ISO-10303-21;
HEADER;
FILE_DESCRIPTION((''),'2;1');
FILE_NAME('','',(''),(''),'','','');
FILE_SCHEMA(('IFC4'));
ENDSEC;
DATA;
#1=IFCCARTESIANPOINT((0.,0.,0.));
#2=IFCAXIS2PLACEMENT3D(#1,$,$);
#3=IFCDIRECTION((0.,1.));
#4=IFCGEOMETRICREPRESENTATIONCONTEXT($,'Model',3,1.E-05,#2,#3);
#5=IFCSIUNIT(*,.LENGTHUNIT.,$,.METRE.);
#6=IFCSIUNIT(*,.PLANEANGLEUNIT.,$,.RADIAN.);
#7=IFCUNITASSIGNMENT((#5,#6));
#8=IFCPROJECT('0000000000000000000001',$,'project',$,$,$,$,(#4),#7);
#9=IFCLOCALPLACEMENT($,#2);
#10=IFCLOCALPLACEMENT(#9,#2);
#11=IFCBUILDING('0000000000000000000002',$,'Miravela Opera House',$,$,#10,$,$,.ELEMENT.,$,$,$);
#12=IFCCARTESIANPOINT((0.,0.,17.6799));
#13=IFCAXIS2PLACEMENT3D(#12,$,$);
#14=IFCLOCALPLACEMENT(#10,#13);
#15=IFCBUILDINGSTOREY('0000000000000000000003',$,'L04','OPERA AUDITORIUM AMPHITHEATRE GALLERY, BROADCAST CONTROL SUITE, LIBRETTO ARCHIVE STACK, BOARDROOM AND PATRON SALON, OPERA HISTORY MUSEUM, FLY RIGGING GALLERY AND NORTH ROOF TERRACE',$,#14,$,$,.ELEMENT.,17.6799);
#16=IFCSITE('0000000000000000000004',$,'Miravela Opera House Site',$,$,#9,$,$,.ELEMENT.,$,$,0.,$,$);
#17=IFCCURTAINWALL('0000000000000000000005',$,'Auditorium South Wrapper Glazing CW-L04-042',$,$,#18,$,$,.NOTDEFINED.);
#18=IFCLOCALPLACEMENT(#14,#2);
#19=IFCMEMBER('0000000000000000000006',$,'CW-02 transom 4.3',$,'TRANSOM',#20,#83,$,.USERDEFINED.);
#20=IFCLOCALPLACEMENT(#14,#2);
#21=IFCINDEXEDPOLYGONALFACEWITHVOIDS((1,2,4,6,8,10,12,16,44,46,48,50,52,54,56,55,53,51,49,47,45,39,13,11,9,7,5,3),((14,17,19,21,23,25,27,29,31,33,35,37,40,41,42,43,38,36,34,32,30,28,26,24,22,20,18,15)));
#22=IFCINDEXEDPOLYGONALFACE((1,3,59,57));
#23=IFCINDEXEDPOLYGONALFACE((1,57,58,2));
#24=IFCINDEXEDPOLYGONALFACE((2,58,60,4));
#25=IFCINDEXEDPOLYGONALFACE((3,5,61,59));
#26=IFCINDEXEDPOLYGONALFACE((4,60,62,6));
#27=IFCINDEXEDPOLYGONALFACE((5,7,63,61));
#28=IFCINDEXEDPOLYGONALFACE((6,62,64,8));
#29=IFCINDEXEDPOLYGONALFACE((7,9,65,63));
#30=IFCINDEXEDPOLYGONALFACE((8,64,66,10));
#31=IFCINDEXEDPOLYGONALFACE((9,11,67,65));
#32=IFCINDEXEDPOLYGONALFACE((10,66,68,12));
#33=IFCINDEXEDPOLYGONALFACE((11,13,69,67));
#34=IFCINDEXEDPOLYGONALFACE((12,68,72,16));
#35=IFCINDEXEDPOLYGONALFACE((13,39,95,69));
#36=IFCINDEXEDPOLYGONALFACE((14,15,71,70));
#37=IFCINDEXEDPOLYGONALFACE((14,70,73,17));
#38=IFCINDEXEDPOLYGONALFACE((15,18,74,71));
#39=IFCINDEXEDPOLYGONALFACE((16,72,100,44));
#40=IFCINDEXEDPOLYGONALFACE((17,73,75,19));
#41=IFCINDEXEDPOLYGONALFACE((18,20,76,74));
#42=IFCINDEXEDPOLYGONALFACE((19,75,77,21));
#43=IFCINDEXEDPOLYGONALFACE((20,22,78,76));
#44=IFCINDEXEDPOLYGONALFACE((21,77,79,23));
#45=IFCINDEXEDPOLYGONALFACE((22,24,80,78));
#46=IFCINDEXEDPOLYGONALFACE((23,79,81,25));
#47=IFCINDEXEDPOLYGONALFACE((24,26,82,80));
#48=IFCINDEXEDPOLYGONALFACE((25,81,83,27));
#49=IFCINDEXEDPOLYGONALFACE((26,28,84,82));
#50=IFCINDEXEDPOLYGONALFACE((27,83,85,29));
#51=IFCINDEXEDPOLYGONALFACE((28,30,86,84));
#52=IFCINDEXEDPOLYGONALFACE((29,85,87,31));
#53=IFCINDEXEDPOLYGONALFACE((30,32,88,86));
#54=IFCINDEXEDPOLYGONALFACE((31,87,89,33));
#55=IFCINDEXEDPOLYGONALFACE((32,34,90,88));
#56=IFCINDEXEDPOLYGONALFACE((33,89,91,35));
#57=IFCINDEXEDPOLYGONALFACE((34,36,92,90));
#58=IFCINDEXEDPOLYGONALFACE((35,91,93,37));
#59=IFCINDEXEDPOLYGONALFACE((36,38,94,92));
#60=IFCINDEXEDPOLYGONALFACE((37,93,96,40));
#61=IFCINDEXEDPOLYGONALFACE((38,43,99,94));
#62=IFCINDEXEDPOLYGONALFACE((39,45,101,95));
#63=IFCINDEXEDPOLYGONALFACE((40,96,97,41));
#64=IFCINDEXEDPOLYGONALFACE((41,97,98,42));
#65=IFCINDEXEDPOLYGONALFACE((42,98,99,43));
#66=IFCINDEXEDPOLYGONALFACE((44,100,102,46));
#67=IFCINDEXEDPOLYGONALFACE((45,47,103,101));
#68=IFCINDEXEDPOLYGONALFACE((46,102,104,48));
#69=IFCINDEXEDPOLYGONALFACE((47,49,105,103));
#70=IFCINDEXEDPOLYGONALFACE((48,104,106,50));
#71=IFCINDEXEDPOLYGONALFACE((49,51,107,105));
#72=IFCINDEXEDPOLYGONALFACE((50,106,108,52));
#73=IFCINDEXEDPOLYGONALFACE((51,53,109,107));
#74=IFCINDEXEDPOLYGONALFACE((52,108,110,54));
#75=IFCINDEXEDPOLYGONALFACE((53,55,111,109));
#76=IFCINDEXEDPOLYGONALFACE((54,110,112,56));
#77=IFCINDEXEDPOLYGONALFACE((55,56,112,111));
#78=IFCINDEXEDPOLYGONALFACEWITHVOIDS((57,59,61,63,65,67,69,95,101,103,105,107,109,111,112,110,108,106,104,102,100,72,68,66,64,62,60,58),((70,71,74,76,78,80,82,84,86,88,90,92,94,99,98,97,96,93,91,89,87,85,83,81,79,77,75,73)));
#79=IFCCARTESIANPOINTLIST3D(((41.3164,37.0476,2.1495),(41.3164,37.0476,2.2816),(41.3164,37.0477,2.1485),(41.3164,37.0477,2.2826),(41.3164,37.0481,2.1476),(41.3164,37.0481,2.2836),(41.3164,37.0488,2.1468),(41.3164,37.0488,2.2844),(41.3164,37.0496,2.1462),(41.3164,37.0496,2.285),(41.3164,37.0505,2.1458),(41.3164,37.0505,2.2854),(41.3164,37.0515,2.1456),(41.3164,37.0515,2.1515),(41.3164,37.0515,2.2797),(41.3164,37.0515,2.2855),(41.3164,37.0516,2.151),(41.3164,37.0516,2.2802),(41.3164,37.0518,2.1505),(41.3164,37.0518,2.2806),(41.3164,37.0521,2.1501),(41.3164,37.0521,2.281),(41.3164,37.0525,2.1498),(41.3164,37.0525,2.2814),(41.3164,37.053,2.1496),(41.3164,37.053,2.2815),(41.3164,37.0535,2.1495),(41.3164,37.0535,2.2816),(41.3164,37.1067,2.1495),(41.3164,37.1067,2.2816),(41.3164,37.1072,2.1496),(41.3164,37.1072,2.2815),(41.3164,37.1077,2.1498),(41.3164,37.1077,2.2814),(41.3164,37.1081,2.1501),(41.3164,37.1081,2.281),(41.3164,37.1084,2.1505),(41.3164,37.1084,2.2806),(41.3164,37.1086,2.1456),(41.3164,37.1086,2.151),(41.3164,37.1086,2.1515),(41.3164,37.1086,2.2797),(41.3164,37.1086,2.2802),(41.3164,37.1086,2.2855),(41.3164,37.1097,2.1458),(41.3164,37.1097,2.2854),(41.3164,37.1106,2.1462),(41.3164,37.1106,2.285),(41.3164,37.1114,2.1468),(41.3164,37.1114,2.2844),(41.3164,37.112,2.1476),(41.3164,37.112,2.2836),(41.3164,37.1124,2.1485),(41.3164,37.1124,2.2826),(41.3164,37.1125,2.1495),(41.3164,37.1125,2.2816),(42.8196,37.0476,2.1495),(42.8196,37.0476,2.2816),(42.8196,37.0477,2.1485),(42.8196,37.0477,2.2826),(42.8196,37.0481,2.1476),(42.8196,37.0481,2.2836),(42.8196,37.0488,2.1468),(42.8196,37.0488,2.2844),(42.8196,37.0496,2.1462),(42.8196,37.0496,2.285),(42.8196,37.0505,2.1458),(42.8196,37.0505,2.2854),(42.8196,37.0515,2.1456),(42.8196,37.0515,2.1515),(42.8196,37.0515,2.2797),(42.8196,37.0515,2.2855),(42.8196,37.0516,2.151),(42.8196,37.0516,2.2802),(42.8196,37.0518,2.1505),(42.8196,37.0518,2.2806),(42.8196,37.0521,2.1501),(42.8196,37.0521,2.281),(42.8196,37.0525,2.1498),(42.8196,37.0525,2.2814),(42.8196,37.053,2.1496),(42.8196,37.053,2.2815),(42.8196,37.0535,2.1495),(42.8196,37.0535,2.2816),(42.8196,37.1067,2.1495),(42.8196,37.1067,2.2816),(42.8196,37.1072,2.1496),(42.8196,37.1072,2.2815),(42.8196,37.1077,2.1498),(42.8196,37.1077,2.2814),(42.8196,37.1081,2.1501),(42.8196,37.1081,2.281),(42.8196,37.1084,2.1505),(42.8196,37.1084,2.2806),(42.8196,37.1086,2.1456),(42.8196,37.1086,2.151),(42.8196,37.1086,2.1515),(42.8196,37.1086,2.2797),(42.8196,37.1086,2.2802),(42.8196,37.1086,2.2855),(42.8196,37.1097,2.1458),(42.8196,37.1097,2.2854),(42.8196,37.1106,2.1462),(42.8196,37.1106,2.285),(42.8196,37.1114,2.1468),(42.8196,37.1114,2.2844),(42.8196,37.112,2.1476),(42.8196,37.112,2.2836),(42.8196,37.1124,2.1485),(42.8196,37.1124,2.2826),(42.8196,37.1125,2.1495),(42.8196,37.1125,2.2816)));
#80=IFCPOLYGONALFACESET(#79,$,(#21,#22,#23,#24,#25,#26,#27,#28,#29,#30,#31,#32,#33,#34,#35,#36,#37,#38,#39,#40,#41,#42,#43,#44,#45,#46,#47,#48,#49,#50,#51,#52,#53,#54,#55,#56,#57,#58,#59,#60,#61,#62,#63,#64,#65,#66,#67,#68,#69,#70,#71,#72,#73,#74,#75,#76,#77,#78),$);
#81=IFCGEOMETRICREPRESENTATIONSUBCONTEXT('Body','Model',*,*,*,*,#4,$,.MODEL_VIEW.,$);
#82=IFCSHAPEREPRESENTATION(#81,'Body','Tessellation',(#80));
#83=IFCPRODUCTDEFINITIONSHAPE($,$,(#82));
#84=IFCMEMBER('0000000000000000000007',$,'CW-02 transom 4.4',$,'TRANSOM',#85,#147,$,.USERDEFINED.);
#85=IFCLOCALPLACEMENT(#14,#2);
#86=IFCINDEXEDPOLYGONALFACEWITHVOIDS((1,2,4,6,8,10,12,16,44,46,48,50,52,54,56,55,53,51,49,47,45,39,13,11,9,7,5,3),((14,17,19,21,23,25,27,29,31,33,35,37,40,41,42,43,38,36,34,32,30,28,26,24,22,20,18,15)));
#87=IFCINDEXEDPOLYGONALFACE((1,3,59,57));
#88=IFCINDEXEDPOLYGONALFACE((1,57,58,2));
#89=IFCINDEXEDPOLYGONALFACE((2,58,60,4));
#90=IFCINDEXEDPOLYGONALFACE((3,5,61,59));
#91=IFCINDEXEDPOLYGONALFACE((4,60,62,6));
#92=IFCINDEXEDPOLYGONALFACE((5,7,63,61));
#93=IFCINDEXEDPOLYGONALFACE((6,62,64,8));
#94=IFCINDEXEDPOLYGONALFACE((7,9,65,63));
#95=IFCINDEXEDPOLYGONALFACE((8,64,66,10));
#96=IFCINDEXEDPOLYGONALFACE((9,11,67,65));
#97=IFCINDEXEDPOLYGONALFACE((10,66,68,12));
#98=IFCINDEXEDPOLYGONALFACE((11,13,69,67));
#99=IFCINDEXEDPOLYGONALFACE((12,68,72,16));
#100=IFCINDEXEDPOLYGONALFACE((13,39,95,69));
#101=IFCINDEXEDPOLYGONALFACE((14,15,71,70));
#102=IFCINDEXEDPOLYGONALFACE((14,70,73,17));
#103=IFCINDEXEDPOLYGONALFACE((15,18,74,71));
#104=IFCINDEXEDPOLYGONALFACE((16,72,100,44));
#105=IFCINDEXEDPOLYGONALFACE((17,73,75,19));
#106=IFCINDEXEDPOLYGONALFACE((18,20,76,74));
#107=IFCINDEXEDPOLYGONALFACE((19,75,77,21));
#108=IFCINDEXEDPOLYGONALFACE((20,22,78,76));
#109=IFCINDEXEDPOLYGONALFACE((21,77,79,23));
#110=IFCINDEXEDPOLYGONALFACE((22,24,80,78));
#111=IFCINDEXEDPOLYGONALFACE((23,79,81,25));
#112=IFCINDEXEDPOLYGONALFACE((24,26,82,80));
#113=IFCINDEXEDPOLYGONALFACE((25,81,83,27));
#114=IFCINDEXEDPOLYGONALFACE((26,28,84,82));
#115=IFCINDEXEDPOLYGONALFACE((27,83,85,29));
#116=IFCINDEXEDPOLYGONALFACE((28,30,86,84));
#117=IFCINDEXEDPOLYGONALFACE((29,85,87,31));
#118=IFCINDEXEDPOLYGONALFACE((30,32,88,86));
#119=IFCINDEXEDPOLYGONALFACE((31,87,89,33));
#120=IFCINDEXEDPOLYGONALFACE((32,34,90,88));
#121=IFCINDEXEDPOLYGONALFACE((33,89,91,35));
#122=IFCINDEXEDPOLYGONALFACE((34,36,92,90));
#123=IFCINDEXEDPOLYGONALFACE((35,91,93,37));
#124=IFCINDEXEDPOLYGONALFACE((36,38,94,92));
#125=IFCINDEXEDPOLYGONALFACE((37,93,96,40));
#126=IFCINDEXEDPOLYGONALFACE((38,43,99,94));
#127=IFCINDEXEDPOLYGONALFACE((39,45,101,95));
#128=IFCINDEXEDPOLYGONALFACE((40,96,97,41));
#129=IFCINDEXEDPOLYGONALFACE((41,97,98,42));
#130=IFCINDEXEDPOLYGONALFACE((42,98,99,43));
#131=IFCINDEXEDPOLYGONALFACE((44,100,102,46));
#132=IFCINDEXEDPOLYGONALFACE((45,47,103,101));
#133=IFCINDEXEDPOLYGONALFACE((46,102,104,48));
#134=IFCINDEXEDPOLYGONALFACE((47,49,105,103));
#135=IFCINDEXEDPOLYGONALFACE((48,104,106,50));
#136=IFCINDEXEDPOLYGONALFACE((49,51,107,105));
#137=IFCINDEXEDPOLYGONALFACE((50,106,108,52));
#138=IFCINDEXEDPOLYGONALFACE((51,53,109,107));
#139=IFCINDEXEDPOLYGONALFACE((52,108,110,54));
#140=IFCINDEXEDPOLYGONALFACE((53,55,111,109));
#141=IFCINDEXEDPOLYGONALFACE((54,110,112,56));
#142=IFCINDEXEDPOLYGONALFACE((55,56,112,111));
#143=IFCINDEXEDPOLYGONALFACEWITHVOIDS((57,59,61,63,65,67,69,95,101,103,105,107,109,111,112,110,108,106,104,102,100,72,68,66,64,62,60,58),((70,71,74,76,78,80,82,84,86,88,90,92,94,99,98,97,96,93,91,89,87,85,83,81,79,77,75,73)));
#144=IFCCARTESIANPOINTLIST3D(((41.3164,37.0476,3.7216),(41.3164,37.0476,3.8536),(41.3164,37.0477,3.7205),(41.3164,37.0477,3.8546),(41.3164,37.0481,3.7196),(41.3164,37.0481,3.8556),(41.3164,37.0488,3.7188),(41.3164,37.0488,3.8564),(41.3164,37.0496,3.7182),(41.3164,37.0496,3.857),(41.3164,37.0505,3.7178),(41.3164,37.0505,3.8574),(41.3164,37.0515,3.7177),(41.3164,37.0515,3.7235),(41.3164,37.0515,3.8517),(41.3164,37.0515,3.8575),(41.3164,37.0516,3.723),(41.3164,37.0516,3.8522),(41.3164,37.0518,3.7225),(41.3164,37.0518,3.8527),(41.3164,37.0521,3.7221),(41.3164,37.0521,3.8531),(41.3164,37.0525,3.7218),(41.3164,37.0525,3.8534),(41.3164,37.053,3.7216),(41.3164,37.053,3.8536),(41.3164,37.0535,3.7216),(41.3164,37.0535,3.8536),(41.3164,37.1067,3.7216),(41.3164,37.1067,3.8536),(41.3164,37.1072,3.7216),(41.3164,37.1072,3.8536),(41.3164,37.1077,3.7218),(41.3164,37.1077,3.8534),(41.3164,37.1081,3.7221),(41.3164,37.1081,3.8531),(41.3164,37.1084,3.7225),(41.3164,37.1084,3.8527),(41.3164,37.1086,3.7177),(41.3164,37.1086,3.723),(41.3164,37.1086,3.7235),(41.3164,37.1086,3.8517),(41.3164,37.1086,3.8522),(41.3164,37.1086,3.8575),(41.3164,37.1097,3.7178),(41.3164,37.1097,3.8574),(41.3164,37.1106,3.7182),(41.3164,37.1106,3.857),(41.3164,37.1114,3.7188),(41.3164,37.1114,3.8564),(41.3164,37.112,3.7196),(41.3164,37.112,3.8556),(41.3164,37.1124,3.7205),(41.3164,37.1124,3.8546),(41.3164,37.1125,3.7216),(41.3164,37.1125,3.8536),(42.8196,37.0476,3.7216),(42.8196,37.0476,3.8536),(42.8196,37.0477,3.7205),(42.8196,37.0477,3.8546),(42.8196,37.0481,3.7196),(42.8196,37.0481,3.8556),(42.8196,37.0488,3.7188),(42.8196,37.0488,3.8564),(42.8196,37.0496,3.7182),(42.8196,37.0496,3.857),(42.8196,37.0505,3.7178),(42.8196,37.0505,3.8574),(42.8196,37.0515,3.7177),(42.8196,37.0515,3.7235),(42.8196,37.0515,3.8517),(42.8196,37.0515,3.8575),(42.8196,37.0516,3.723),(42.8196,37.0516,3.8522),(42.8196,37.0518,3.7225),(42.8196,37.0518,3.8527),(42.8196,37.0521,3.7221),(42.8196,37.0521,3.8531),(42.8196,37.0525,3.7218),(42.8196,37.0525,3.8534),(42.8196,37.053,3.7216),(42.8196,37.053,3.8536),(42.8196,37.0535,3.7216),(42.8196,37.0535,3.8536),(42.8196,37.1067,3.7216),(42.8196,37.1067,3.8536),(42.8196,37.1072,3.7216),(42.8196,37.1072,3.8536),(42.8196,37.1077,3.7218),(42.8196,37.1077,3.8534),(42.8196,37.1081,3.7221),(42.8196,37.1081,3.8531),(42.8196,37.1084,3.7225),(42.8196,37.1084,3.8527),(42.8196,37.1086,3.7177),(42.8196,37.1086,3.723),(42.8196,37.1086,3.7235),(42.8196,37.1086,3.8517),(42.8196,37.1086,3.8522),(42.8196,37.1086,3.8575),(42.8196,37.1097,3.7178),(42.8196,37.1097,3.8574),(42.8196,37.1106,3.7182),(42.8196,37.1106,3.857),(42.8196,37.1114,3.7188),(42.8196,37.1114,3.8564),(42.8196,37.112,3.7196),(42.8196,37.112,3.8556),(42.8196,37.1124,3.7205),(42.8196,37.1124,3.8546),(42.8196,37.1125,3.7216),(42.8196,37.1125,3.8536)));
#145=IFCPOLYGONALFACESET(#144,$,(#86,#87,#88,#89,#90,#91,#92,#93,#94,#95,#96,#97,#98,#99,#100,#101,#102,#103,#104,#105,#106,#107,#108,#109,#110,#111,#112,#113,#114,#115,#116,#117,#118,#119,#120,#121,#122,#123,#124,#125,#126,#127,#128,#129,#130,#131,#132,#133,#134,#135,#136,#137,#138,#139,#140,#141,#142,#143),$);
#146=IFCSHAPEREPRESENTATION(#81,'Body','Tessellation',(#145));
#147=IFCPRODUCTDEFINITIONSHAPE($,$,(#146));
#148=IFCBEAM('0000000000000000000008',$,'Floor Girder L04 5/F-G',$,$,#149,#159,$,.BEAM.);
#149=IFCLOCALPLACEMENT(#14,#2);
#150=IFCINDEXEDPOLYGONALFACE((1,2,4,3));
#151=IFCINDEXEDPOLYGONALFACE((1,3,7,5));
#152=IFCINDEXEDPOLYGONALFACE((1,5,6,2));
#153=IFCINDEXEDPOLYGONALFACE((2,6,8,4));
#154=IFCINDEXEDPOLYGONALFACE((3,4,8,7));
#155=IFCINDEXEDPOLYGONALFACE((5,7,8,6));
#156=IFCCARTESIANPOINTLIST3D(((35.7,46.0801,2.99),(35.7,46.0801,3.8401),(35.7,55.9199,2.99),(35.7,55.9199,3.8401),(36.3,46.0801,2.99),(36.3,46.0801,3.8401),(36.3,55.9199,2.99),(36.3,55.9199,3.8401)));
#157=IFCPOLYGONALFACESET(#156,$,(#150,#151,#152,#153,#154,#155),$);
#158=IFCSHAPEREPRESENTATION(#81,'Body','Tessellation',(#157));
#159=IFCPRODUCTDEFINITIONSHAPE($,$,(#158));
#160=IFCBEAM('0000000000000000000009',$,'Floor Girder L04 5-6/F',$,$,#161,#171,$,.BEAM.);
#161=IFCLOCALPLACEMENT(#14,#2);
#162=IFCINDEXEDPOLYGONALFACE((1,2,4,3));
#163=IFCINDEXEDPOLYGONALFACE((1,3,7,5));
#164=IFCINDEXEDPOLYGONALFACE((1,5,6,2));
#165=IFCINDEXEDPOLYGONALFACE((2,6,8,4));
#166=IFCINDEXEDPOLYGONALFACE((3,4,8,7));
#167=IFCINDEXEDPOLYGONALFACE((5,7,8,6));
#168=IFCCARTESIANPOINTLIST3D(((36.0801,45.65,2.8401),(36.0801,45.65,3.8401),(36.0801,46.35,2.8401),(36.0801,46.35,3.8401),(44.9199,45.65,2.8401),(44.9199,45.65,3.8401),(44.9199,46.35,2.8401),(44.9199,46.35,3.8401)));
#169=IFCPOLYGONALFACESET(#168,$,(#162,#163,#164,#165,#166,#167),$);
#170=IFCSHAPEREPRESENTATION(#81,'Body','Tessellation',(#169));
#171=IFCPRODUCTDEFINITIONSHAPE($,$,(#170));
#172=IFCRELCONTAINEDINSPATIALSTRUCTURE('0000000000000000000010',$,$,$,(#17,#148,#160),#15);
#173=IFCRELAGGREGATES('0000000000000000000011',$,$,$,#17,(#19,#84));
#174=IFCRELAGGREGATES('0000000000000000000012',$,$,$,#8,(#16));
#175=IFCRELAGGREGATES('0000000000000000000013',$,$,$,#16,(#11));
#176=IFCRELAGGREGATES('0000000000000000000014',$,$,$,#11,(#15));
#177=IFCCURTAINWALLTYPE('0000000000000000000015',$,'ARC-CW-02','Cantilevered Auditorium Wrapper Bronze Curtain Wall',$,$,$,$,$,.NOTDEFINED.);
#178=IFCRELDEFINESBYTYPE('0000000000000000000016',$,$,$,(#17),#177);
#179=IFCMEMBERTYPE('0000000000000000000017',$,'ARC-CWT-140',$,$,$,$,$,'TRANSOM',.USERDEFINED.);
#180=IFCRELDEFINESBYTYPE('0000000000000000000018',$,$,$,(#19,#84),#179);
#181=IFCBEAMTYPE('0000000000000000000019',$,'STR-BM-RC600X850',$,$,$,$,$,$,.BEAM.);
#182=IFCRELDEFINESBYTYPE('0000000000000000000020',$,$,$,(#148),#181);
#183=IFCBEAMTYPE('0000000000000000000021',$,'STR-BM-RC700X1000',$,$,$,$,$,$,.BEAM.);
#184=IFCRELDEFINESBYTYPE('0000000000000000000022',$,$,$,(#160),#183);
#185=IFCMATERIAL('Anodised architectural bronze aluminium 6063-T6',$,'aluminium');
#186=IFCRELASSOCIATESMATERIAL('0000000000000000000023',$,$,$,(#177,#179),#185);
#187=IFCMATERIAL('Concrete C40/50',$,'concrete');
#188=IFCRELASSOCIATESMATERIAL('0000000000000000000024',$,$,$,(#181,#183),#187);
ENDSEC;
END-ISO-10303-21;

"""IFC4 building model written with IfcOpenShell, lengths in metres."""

from ifc_helpers import new_model, si_unit, direction, frame, origin, origin_2d, place, context, subcontext, project, spatial, rectangle, hollow_rectangle, extrude, material, material_profile, profile_set, type_object, element, aggregate, save


model = new_model("IFC4")

# Units and contexts
model_context = context("Model", 3, precision=1e-05, world=origin(), true_north=direction((0.0, 1.0)))
body_context = subcontext(model_context, "Body", "Model", "MODEL_VIEW")
ifc_project = project(units=[si_unit("LENGTHUNIT", "METRE"), si_unit("PLANEANGLEUNIT", "RADIAN")], contexts=[model_context])

# Site, building, storey
site_placement = place(None, origin())
site = spatial("IfcSite", under=ifc_project, at=site_placement, Name="Miravela Opera House Site", CompositionType="ELEMENT", RefElevation=0.0)
building_placement = place(site_placement, origin())
building = spatial("IfcBuilding", under=site, at=building_placement, Name="Miravela Opera House", CompositionType="ELEMENT")
storey_placement = place(building_placement, frame((0.0, 0.0, 17.6799)))
storey = spatial("IfcBuildingStorey", under=building, at=storey_placement, Name="L04", Description="OPERA AUDITORIUM AMPHITHEATRE GALLERY, BROADCAST CONTROL SUITE, LIBRETTO ARCHIVE STACK, BOARDROOM AND PATRON SALON, OPERA HISTORY MUSEUM, FLY RIGGING GALLERY AND NORTH ROOF TERRACE", CompositionType="ELEMENT", Elevation=17.6799)

# Curtain wall, members
ifc_material_1 = material(Name="Anodised architectural bronze aluminium 6063-T6", Category="aluminium")
curtain_wall_type = type_object("IfcCurtainWallType", Name="ARC-CW-02", Description="Cantilevered Auditorium Wrapper Bronze Curtain Wall", PredefinedType="NOTDEFINED", material=ifc_material_1)
curtain_wall_placement = place(storey_placement, origin())
curtain_wall = element("IfcCurtainWall", 1, at=curtain_wall_placement, inside=storey, type_object=curtain_wall_type, Name="Auditorium South Wrapper Glazing CW-L04-042", PredefinedType="NOTDEFINED")
ifc_material_profile_1 = material_profile(ifc_material_1, hollow_rectangle(XDim=0.0649, YDim=0.1399, WallThickness=0.0039, InnerFilletRadius=0.002, OuterFilletRadius=0.0039, at=origin_2d()), Name="CWT-65X140")
ifc_profile_set_1 = profile_set([ifc_material_profile_1])
member_type_1 = type_object("IfcMemberType", Name="ARC-CWT-140", ElementType="TRANSOM", PredefinedType="USERDEFINED", material=ifc_profile_set_1)
member_1_placement = place(storey_placement, frame((41.3164, 37.0801, 2.2156), z_axis=(1.0, 0.0, 0.0), x_axis=(0.0, 1.0, 0.0)))
member_1 = element("IfcMember", 2, at=member_1_placement, type_object=member_type_1, Name="CW-02 transom 4.3", ObjectType="TRANSOM", PredefinedType="USERDEFINED", context=body_context, shape_type="SweptSolid", body=[
    extrude(hollow_rectangle(XDim=0.0649, YDim=0.1399, WallThickness=0.0039, InnerFilletRadius=0.002, OuterFilletRadius=0.0039, at=origin_2d()), origin(), (0.0, 0.0, 1.0), 1.5032),
])
member_2_placement = place(storey_placement, frame((41.3164, 37.0801, 3.7876), z_axis=(1.0, 0.0, 0.0), x_axis=(0.0, 1.0, 0.0)))
member_2 = element("IfcMember", 3, at=member_2_placement, type_object=member_type_1, Name="CW-02 transom 4.4", ObjectType="TRANSOM", PredefinedType="USERDEFINED", context=body_context, shape_type="SweptSolid", body=[
    extrude(hollow_rectangle(XDim=0.0649, YDim=0.1399, WallThickness=0.0039, InnerFilletRadius=0.002, OuterFilletRadius=0.0039, at=origin_2d()), origin(), (0.0, 0.0, 1.0), 1.5032),
])

# Beams
ifc_material_2 = material(Name="Concrete C40/50", Category="concrete")
ifc_material_profile_2 = material_profile(ifc_material_2, rectangle(XDim=0.6001, YDim=0.8501, at=origin_2d()), Name="RC-BM-600X850")
ifc_profile_set_2 = profile_set([ifc_material_profile_2])
beam_type_1 = type_object("IfcBeamType", Name="STR-BM-RC600X850", PredefinedType="BEAM", material=ifc_profile_set_2)
beam_1_placement = place(storey_placement, frame((36.0, 46.0801, 3.415), z_axis=(0.0, 1.0, 0.0), x_axis=(-1.0, 0.0, 0.0)))
element("IfcBeam", 4, at=beam_1_placement, inside=storey, type_object=beam_type_1, Name="Floor Girder L04 5/F-G", PredefinedType="BEAM", context=body_context, shape_type="SweptSolid", body=[
    extrude(rectangle(XDim=0.6001, YDim=0.8501, at=origin_2d()), origin(), (0.0, 0.0, 1.0), 9.8398),
])
ifc_material_profile_3 = material_profile(ifc_material_2, rectangle(XDim=0.7, YDim=1.0, at=origin_2d()), Name="RC-BM-700X1000")
ifc_profile_set_3 = profile_set([ifc_material_profile_3])
beam_type_2 = type_object("IfcBeamType", Name="STR-BM-RC700X1000", PredefinedType="BEAM", material=ifc_profile_set_3)
beam_2_placement = place(storey_placement, frame((36.0801, 46.0, 3.3401), z_axis=(1.0, 0.0, 0.0), x_axis=(0.0, 1.0, 0.0)))
element("IfcBeam", 5, at=beam_2_placement, inside=storey, type_object=beam_type_2, Name="Floor Girder L04 5-6/F", PredefinedType="BEAM", context=body_context, shape_type="SweptSolid", body=[
    extrude(rectangle(XDim=0.7, YDim=1.0, at=origin_2d()), origin(), (0.0, 0.0, 1.0), 8.8398),
])

aggregate(curtain_wall, [member_1, member_2])

save(model, "model.ifc")
